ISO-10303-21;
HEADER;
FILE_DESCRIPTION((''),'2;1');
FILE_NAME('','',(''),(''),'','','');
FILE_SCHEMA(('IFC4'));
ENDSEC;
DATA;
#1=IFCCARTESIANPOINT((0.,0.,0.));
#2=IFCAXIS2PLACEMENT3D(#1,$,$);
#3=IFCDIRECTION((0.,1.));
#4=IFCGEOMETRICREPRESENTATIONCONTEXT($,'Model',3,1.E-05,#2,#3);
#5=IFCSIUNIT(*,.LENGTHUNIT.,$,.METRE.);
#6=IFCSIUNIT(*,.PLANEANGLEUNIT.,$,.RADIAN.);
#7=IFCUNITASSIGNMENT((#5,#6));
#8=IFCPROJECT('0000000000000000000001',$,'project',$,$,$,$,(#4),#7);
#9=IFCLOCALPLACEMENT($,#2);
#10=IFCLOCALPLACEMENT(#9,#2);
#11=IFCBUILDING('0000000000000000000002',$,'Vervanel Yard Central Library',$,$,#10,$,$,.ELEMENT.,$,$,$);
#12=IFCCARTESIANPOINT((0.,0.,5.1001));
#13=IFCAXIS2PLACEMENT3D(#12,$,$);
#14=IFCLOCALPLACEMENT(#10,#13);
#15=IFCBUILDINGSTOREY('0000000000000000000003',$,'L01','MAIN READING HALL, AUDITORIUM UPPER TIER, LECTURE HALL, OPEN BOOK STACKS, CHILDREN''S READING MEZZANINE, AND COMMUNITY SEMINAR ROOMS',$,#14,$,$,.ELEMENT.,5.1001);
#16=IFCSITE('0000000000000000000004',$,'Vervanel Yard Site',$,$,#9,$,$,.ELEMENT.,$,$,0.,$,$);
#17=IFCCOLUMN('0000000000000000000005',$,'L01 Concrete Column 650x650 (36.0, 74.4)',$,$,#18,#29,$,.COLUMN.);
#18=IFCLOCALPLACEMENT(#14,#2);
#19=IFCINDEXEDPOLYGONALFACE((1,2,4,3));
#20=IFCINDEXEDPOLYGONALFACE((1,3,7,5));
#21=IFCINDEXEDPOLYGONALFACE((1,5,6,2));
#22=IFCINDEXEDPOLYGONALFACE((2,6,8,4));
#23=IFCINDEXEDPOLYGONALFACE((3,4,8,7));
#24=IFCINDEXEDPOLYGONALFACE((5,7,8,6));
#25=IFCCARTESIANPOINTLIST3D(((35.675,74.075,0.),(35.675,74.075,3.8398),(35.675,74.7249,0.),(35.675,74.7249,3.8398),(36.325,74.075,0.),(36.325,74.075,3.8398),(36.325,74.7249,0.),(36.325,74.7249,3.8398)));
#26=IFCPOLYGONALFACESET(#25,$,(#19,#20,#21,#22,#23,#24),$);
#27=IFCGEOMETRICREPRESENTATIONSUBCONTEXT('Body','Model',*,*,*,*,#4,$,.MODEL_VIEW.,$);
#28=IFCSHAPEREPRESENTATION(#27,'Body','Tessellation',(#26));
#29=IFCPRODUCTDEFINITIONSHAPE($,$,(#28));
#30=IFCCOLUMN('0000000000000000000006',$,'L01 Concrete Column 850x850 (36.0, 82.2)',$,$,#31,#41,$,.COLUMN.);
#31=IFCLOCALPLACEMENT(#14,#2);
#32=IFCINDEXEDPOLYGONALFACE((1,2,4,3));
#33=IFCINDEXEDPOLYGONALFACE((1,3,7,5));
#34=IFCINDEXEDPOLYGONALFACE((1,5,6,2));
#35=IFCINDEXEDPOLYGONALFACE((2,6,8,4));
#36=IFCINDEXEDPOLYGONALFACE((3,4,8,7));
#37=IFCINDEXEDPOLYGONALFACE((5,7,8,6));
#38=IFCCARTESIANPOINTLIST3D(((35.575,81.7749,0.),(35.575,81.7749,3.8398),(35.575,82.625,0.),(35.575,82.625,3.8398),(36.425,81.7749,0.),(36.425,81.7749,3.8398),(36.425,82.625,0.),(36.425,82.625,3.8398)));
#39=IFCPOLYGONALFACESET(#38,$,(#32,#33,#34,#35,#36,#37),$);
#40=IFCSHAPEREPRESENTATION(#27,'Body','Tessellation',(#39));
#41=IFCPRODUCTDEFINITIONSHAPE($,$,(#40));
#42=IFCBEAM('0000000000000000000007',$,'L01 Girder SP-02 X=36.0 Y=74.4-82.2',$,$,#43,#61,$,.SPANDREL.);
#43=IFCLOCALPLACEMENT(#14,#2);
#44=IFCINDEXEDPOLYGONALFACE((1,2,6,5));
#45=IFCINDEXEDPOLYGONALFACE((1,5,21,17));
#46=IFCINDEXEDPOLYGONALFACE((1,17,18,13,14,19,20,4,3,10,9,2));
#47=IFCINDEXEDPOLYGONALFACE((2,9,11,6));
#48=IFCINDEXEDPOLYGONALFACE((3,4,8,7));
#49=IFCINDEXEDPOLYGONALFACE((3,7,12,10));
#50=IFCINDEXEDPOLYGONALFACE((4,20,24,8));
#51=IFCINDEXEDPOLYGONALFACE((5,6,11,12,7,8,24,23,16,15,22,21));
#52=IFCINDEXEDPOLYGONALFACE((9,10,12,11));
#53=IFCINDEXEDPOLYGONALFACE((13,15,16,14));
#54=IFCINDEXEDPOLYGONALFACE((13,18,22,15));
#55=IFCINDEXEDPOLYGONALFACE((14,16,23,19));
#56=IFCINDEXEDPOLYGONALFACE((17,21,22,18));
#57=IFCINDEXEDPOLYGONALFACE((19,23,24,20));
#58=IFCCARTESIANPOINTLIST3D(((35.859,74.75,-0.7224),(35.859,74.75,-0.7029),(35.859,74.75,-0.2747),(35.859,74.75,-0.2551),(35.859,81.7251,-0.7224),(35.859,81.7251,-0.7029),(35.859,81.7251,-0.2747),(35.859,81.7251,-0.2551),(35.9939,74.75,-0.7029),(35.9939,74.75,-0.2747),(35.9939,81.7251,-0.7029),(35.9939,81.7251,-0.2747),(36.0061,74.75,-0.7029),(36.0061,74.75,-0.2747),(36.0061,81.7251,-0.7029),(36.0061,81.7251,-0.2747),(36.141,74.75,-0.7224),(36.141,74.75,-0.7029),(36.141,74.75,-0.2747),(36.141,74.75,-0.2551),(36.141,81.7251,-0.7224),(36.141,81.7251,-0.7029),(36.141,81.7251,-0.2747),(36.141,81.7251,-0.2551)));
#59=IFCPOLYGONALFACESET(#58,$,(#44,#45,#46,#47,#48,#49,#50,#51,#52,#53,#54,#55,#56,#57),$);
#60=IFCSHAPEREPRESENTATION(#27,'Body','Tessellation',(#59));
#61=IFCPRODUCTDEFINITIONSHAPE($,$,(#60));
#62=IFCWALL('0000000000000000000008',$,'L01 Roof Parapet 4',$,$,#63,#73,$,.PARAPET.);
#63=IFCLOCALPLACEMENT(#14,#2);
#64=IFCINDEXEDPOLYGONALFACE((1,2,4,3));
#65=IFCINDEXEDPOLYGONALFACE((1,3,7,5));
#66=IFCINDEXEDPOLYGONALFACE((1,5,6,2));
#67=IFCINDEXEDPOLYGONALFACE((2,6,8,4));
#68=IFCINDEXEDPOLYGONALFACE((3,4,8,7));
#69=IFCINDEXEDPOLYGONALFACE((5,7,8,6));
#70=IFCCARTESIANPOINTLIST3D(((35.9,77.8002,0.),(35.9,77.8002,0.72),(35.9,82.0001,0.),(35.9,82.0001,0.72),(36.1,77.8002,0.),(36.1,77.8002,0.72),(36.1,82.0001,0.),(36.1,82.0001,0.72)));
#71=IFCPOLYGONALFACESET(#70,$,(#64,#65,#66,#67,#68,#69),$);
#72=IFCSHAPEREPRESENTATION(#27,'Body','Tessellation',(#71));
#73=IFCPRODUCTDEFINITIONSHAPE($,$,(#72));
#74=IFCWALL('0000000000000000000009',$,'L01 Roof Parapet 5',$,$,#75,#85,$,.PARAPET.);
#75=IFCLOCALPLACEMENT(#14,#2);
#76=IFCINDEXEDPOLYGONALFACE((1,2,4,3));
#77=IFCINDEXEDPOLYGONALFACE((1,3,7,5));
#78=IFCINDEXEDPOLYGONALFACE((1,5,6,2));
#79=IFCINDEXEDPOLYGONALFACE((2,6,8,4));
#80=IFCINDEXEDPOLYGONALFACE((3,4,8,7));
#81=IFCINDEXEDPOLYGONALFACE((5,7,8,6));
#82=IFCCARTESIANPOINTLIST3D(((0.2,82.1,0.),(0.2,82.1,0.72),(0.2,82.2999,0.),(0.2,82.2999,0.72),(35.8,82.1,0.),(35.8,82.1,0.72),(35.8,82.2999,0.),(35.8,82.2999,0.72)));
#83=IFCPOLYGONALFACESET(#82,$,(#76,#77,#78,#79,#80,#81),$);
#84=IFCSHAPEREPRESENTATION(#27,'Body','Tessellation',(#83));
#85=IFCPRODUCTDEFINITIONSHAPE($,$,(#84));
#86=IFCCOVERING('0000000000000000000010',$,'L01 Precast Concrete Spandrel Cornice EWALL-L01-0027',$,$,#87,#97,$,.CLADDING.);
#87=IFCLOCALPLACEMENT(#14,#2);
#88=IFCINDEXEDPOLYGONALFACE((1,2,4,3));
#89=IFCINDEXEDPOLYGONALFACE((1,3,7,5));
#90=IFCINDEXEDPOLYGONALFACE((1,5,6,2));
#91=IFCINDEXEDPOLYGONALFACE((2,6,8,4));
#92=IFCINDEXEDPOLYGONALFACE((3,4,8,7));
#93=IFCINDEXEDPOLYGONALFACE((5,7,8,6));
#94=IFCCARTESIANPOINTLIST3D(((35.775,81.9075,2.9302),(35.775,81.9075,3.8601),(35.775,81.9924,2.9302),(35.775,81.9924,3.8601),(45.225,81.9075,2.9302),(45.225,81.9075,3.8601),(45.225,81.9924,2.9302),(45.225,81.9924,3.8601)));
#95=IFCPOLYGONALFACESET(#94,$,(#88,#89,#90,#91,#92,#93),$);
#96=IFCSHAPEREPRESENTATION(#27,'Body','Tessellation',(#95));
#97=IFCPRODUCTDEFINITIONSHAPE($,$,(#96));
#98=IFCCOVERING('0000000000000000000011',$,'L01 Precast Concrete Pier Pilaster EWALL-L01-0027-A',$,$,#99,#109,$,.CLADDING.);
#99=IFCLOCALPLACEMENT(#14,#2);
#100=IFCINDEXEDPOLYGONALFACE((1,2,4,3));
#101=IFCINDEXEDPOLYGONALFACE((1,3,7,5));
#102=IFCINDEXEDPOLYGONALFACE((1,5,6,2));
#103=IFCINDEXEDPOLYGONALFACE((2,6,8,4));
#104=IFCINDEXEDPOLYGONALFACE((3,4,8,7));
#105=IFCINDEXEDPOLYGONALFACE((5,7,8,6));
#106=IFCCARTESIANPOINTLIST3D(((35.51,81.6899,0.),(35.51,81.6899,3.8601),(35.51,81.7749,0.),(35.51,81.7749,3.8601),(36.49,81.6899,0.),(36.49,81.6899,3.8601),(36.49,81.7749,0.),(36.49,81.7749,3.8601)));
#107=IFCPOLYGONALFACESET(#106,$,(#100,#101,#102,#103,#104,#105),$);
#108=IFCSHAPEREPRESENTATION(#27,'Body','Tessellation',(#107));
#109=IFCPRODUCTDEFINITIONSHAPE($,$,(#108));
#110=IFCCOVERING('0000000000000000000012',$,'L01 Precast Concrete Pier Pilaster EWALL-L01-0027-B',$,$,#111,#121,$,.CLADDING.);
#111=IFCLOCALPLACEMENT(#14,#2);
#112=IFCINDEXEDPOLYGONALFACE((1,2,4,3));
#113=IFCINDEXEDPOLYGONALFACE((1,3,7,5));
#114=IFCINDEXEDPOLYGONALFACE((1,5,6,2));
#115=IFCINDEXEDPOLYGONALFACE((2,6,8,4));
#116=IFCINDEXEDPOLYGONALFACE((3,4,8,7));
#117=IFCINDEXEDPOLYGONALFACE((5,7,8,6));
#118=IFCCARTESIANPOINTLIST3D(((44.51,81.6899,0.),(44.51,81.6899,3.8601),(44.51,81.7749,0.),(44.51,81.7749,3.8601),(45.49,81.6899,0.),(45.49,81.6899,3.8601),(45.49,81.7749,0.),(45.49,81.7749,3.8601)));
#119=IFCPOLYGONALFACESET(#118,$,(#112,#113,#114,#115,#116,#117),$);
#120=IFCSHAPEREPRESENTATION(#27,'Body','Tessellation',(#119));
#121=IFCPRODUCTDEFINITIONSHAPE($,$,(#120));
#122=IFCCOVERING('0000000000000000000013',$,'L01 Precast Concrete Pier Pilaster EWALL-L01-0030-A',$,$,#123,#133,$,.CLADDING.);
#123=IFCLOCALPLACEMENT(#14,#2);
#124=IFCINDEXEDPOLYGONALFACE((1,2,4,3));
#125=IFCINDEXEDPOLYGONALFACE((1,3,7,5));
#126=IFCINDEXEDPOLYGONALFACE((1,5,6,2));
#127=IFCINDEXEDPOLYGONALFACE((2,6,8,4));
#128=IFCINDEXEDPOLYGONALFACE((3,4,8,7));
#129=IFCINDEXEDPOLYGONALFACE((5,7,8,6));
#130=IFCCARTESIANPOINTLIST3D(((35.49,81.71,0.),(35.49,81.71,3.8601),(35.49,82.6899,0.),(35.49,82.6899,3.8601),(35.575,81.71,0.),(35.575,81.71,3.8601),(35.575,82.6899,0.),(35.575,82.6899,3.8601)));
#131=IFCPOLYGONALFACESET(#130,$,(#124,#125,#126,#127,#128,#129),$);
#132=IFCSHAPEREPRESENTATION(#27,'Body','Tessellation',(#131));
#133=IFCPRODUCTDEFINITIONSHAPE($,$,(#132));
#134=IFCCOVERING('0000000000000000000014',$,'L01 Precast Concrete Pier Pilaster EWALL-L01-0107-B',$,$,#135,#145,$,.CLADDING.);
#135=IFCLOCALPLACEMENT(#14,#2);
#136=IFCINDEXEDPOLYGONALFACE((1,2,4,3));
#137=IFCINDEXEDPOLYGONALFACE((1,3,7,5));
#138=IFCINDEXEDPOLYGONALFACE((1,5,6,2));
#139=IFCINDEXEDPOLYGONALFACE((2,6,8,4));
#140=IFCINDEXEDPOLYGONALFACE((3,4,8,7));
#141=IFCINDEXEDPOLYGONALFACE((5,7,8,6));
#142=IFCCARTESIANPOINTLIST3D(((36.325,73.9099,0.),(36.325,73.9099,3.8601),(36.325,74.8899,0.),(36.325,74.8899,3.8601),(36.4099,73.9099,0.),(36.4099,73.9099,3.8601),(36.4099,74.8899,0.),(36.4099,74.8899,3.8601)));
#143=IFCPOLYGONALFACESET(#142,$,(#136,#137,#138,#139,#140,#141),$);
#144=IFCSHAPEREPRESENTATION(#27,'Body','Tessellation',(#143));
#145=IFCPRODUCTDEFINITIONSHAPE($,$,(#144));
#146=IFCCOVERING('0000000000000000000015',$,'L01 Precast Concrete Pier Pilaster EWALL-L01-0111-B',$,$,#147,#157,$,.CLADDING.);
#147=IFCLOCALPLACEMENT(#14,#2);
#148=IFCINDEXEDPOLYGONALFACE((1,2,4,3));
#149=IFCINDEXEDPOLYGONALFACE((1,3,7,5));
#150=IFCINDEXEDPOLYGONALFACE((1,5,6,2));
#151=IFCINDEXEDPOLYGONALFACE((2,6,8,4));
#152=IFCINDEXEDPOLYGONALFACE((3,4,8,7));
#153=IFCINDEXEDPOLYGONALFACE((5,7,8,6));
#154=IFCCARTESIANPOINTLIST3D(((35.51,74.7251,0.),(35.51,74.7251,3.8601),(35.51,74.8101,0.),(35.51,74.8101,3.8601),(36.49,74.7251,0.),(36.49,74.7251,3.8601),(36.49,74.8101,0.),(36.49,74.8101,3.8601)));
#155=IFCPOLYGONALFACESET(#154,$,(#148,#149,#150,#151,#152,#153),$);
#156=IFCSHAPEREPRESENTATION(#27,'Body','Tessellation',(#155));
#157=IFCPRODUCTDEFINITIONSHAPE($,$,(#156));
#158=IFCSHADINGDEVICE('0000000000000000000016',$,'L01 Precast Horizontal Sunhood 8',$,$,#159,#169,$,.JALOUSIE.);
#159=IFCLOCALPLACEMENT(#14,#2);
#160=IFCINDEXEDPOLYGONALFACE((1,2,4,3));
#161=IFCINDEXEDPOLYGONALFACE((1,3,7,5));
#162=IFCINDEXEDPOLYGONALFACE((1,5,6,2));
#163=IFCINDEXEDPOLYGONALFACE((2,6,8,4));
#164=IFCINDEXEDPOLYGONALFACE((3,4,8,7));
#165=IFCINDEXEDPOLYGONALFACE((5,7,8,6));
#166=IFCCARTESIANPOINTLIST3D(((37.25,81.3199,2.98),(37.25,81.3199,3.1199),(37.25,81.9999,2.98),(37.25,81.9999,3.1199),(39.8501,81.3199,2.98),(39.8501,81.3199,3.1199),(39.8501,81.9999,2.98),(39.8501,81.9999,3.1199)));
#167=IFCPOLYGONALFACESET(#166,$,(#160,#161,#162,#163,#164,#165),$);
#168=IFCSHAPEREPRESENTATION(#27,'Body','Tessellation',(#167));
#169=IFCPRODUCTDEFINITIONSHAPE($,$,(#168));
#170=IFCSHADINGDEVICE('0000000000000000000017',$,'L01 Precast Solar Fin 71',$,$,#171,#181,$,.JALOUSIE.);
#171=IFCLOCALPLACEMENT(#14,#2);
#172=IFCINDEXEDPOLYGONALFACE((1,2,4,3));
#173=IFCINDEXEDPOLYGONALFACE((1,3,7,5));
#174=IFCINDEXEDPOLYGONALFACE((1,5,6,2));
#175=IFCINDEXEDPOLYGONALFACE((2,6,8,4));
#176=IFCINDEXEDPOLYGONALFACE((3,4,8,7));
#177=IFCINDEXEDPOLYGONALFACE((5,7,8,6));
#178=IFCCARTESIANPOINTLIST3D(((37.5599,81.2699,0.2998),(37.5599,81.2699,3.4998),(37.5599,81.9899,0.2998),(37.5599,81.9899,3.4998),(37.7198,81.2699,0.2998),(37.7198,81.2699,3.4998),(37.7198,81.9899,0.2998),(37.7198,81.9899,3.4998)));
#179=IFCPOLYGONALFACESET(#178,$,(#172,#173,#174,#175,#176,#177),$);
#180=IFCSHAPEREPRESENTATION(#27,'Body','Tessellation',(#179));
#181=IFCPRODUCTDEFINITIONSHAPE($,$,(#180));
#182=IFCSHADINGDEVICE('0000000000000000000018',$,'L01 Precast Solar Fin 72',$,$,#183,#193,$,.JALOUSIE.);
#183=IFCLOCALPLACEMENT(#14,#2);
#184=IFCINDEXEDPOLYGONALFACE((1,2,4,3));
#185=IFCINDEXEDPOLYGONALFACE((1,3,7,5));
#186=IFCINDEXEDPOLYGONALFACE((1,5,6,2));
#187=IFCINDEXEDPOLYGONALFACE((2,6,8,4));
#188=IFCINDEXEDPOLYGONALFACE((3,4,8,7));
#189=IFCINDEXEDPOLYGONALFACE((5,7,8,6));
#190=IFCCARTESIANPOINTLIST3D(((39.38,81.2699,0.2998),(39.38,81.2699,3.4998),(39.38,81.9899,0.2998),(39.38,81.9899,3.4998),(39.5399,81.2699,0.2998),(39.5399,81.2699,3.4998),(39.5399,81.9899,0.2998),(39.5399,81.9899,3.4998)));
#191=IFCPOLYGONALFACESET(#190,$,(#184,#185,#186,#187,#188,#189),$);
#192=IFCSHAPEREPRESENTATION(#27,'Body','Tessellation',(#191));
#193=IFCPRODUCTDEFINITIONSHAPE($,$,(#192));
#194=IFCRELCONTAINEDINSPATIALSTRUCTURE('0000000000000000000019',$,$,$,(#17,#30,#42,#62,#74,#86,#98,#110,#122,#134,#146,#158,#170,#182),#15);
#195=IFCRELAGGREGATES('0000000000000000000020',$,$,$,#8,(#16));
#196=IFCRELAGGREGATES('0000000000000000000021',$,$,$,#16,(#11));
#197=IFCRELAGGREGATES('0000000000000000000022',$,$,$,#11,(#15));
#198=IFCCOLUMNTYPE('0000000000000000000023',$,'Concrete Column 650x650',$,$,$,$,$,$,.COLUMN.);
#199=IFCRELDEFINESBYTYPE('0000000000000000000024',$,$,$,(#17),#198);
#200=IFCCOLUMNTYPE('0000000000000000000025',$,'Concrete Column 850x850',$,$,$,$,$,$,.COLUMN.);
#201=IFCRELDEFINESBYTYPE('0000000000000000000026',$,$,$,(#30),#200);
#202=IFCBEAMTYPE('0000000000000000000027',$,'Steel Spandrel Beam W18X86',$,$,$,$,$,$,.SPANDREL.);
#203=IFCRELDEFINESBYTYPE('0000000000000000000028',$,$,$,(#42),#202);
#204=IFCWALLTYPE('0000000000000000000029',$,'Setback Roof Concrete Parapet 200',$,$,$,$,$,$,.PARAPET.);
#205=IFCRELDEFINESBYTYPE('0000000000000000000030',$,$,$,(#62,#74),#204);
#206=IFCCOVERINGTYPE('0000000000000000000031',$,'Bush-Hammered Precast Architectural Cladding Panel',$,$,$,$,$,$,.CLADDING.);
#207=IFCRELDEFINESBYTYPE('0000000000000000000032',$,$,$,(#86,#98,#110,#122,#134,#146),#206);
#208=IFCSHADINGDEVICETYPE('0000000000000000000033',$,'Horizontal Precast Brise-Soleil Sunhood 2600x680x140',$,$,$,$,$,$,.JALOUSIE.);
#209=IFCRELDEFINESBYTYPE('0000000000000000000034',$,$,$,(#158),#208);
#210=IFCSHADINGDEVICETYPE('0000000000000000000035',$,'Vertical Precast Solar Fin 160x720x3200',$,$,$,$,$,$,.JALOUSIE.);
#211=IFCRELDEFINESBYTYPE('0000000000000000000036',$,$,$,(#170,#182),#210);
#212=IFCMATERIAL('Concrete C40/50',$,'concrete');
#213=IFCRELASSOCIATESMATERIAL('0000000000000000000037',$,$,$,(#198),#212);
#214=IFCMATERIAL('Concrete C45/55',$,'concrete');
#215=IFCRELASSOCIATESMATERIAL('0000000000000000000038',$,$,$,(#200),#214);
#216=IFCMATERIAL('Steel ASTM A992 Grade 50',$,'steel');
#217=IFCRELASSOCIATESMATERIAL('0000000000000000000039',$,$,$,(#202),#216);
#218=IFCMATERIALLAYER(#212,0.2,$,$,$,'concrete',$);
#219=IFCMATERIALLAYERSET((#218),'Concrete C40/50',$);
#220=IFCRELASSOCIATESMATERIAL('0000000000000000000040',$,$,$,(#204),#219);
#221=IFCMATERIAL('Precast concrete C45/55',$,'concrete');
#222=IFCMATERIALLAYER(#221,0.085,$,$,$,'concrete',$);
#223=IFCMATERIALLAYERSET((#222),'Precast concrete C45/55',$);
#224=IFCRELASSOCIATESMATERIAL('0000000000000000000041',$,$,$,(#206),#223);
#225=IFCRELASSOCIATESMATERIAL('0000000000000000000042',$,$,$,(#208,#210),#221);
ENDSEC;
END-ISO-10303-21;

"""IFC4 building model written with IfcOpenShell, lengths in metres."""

from ifc_helpers import new_model, si_unit, direction, frame, frame_2d, origin, origin_2d, place, context, subcontext, project, spatial, rectangle, i_section, extrude, material, layer, layer_set, material_profile, profile_set, type_object, element, save


model = new_model("IFC4")

# Units and contexts
model_context = context("Model", 3, precision=1e-05, world=origin(), true_north=direction((0.0, 1.0)))
body_context = subcontext(model_context, "Body", "Model", "MODEL_VIEW")
ifc_project = project(units=[si_unit("LENGTHUNIT", "METRE"), si_unit("PLANEANGLEUNIT", "RADIAN")], contexts=[model_context])

# Site, building, storey
site_placement = place(None, origin())
site = spatial("IfcSite", under=ifc_project, at=site_placement, Name="Vervanel Yard Site", CompositionType="ELEMENT", RefElevation=0.0)
building_placement = place(site_placement, origin())
building = spatial("IfcBuilding", under=site, at=building_placement, Name="Vervanel Yard Central Library", CompositionType="ELEMENT")
storey_placement = place(building_placement, frame((0.0, 0.0, 5.1001)))
storey = spatial("IfcBuildingStorey", under=building, at=storey_placement, Name="L01", Description="MAIN READING HALL, AUDITORIUM UPPER TIER, LECTURE HALL, OPEN BOOK STACKS, CHILDREN'S READING MEZZANINE, AND COMMUNITY SEMINAR ROOMS", CompositionType="ELEMENT", Elevation=5.1001)

# Columns
ifc_material_1 = material(Name="Concrete C40/50", Category="concrete")
ifc_material_profile_1 = material_profile(ifc_material_1, rectangle(XDim=0.6499, YDim=0.6499, at=origin_2d()), Name="RC 650x650", Category="concrete")
ifc_profile_set_1 = profile_set([ifc_material_profile_1], Name="Concrete C40/50")
column_type_1 = type_object("IfcColumnType", Name="Concrete Column 650x650", PredefinedType="COLUMN", material=ifc_profile_set_1)
column_1_placement = place(storey_placement, frame((36.0, 74.3999, 0.0), z_axis=(0.0, 0.0, 1.0), x_axis=(1.0, 0.0, 0.0)))
element("IfcColumn", 1, at=column_1_placement, inside=storey, type_object=column_type_1, Name="L01 Concrete Column 650x650 (36.0, 74.4)", PredefinedType="COLUMN", context=body_context, shape_type="SweptSolid", body=[
    extrude(rectangle(XDim=0.6499, YDim=0.6499, at=origin_2d()), origin(), (0.0, 0.0, 1.0), 3.8398),
])
ifc_material_2 = material(Name="Concrete C45/55", Category="concrete")
ifc_material_profile_2 = material_profile(ifc_material_2, rectangle(XDim=0.8501, YDim=0.8501, at=origin_2d()), Name="RC 850x850", Category="concrete")
ifc_profile_set_2 = profile_set([ifc_material_profile_2], Name="Concrete C45/55")
column_type_2 = type_object("IfcColumnType", Name="Concrete Column 850x850", PredefinedType="COLUMN", material=ifc_profile_set_2)
column_2_placement = place(storey_placement, frame((36.0, 82.2, 0.0), z_axis=(0.0, 0.0, 1.0), x_axis=(1.0, 0.0, 0.0)))
element("IfcColumn", 2, at=column_2_placement, inside=storey, type_object=column_type_2, Name="L01 Concrete Column 850x850 (36.0, 82.2)", PredefinedType="COLUMN", context=body_context, shape_type="SweptSolid", body=[
    extrude(rectangle(XDim=0.8501, YDim=0.8501, at=origin_2d()), origin(), (0.0, 0.0, 1.0), 3.8398),
])

# Beam
ifc_material_3 = material(Name="Steel ASTM A992 Grade 50", Category="steel")
ifc_material_profile_3 = material_profile(ifc_material_3, i_section(OverallWidth=0.282, OverallDepth=0.4673, WebThickness=0.0122, FlangeThickness=0.0195, at=origin_2d()), Name="W18X86", Category="steel")
ifc_profile_set_3 = profile_set([ifc_material_profile_3], Name="Steel ASTM A992 Grade 50")
beam_type = type_object("IfcBeamType", Name="Steel Spandrel Beam W18X86", PredefinedType="SPANDREL", material=ifc_profile_set_3)
beam_placement = place(storey_placement, frame((36.0, 74.75, -0.4888), z_axis=(0.0, 1.0, 0.0), x_axis=(-1.0, 0.0, 0.0)))
element("IfcBeam", 3, at=beam_placement, inside=storey, type_object=beam_type, Name="L01 Girder SP-02 X=36.0 Y=74.4-82.2", PredefinedType="SPANDREL", context=body_context, shape_type="SweptSolid", body=[
    extrude(i_section(OverallWidth=0.282, OverallDepth=0.4673, WebThickness=0.0122, FlangeThickness=0.0195, at=origin_2d()), origin(), (0.0, 0.0, 1.0), 6.9751),
])

# Walls
ifc_layer_1 = layer(ifc_material_1, 0.2, Category="concrete")
ifc_layer_set_1 = layer_set([ifc_layer_1], Name="Concrete C40/50")
wall_type = type_object("IfcWallType", Name="Setback Roof Concrete Parapet 200", PredefinedType="PARAPET", material=ifc_layer_set_1)
wall_1_placement = place(storey_placement, frame((36.0, 77.8, 0.0), z_axis=(0.0, 0.0, 1.0), x_axis=(0.0, 1.0, 0.0)))
element("IfcWall", 4, at=wall_1_placement, inside=storey, type_object=wall_type, Name="L01 Roof Parapet 4", PredefinedType="PARAPET", context=body_context, shape_type="SweptSolid", body=[
    extrude(rectangle(XDim=4.2, YDim=0.2, at=frame_2d((2.1001, 0.0))), origin(), (0.0, 0.0, 1.0), 0.72),
])
wall_2_placement = place(storey_placement, frame((35.8, 82.2, 0.0), z_axis=(0.0, 0.0, 1.0), x_axis=(-1.0, 0.0, 0.0)))
element("IfcWall", 5, at=wall_2_placement, inside=storey, type_object=wall_type, Name="L01 Roof Parapet 5", PredefinedType="PARAPET", context=body_context, shape_type="SweptSolid", body=[
    extrude(rectangle(XDim=35.6001, YDim=0.2, at=frame_2d((17.8, 0.0))), origin(), (0.0, 0.0, 1.0), 0.72),
])

# Coverings
ifc_material_4 = material(Name="Precast concrete C45/55", Category="concrete")
ifc_layer_2 = layer(ifc_material_4, 0.085, Category="concrete")
ifc_layer_set_2 = layer_set([ifc_layer_2], Name="Precast concrete C45/55")
covering_type = type_object("IfcCoveringType", Name="Bush-Hammered Precast Architectural Cladding Panel", PredefinedType="CLADDING", material=ifc_layer_set_2)
covering_placement = place(storey_placement, frame((40.5, 81.95, 2.9302), z_axis=(0.0, 0.0, 1.0), x_axis=(1.0, 0.0, 0.0)))
element("IfcCovering", 6, at=covering_placement, inside=storey, type_object=covering_type, Name="L01 Precast Concrete Spandrel Cornice EWALL-L01-0027", PredefinedType="CLADDING", context=body_context, shape_type="SweptSolid", body=[
    extrude(rectangle(XDim=9.45, YDim=0.085, at=origin_2d()), origin(), (0.0, 0.0, 1.0), 0.9299),
])
for number, where, z_axis, x_axis, name in (
    (7, (36.0, 81.7324, 0.0), (0.0, 0.0, 1.0), (1.0, 0.0, 0.0), "L01 Precast Concrete Pier Pilaster EWALL-L01-0027-A"),
    (8, (45.0, 81.7324, 0.0), (0.0, 0.0, 1.0), (1.0, 0.0, 0.0), "L01 Precast Concrete Pier Pilaster EWALL-L01-0027-B"),
    (9, (35.5325, 82.2, 0.0), (0.0, 0.0, 1.0), (0.0, 1.0, 0.0), "L01 Precast Concrete Pier Pilaster EWALL-L01-0030-A"),
    (10, (36.3674, 74.3999, 0.0), (0.0, 0.0, 1.0), (0.0, 1.0, 0.0), "L01 Precast Concrete Pier Pilaster EWALL-L01-0107-B"),
    (11, (36.0, 74.7676, 0.0), (0.0, 0.0, 1.0), (1.0, 0.0, 0.0), "L01 Precast Concrete Pier Pilaster EWALL-L01-0111-B"),
):
    element("IfcCovering", number, at=place(storey_placement, frame(where, z_axis=z_axis, x_axis=x_axis)), inside=storey, type_object=covering_type, Name=name, PredefinedType="CLADDING", context=body_context, shape_type="SweptSolid", body=[
        extrude(rectangle(XDim=0.98, YDim=0.085, at=origin_2d()), origin(), (0.0, 0.0, 1.0), 3.8601),
    ])

# Shading devices
shading_device_type_1 = type_object("IfcShadingDeviceType", Name="Horizontal Precast Brise-Soleil Sunhood 2600x680x140", PredefinedType="JALOUSIE", material=ifc_material_4)
shading_device_placement = place(storey_placement, frame((38.55, 81.6599, 2.98), z_axis=(0.0, 0.0, 1.0), x_axis=(1.0, 0.0, 0.0)))
element("IfcShadingDevice", 12, at=shading_device_placement, inside=storey, type_object=shading_device_type_1, Name="L01 Precast Horizontal Sunhood 8", PredefinedType="JALOUSIE", context=body_context, shape_type="SweptSolid", body=[
    extrude(rectangle(XDim=2.6001, YDim=0.6799, at=origin_2d()), origin(), (0.0, 0.0, 1.0), 0.1399),
])
shading_device_type_2 = type_object("IfcShadingDeviceType", Name="Vertical Precast Solar Fin 160x720x3200", PredefinedType="JALOUSIE", material=ifc_material_4)
for number, where, z_axis, x_axis, name in (
    (13, (37.6399, 81.6299, 0.2998), (0.0, 0.0, 1.0), (1.0, 0.0, 0.0), "L01 Precast Solar Fin 71"),
    (14, (39.46, 81.6299, 0.2998), (0.0, 0.0, 1.0), (1.0, 0.0, 0.0), "L01 Precast Solar Fin 72"),
):
    element("IfcShadingDevice", number, at=place(storey_placement, frame(where, z_axis=z_axis, x_axis=x_axis)), inside=storey, type_object=shading_device_type_2, Name=name, PredefinedType="JALOUSIE", context=body_context, shape_type="SweptSolid", body=[
        extrude(rectangle(XDim=0.1599, YDim=0.72, at=origin_2d()), origin(), (0.0, 0.0, 1.0), 3.2),
    ])

save(model, "model.ifc")
